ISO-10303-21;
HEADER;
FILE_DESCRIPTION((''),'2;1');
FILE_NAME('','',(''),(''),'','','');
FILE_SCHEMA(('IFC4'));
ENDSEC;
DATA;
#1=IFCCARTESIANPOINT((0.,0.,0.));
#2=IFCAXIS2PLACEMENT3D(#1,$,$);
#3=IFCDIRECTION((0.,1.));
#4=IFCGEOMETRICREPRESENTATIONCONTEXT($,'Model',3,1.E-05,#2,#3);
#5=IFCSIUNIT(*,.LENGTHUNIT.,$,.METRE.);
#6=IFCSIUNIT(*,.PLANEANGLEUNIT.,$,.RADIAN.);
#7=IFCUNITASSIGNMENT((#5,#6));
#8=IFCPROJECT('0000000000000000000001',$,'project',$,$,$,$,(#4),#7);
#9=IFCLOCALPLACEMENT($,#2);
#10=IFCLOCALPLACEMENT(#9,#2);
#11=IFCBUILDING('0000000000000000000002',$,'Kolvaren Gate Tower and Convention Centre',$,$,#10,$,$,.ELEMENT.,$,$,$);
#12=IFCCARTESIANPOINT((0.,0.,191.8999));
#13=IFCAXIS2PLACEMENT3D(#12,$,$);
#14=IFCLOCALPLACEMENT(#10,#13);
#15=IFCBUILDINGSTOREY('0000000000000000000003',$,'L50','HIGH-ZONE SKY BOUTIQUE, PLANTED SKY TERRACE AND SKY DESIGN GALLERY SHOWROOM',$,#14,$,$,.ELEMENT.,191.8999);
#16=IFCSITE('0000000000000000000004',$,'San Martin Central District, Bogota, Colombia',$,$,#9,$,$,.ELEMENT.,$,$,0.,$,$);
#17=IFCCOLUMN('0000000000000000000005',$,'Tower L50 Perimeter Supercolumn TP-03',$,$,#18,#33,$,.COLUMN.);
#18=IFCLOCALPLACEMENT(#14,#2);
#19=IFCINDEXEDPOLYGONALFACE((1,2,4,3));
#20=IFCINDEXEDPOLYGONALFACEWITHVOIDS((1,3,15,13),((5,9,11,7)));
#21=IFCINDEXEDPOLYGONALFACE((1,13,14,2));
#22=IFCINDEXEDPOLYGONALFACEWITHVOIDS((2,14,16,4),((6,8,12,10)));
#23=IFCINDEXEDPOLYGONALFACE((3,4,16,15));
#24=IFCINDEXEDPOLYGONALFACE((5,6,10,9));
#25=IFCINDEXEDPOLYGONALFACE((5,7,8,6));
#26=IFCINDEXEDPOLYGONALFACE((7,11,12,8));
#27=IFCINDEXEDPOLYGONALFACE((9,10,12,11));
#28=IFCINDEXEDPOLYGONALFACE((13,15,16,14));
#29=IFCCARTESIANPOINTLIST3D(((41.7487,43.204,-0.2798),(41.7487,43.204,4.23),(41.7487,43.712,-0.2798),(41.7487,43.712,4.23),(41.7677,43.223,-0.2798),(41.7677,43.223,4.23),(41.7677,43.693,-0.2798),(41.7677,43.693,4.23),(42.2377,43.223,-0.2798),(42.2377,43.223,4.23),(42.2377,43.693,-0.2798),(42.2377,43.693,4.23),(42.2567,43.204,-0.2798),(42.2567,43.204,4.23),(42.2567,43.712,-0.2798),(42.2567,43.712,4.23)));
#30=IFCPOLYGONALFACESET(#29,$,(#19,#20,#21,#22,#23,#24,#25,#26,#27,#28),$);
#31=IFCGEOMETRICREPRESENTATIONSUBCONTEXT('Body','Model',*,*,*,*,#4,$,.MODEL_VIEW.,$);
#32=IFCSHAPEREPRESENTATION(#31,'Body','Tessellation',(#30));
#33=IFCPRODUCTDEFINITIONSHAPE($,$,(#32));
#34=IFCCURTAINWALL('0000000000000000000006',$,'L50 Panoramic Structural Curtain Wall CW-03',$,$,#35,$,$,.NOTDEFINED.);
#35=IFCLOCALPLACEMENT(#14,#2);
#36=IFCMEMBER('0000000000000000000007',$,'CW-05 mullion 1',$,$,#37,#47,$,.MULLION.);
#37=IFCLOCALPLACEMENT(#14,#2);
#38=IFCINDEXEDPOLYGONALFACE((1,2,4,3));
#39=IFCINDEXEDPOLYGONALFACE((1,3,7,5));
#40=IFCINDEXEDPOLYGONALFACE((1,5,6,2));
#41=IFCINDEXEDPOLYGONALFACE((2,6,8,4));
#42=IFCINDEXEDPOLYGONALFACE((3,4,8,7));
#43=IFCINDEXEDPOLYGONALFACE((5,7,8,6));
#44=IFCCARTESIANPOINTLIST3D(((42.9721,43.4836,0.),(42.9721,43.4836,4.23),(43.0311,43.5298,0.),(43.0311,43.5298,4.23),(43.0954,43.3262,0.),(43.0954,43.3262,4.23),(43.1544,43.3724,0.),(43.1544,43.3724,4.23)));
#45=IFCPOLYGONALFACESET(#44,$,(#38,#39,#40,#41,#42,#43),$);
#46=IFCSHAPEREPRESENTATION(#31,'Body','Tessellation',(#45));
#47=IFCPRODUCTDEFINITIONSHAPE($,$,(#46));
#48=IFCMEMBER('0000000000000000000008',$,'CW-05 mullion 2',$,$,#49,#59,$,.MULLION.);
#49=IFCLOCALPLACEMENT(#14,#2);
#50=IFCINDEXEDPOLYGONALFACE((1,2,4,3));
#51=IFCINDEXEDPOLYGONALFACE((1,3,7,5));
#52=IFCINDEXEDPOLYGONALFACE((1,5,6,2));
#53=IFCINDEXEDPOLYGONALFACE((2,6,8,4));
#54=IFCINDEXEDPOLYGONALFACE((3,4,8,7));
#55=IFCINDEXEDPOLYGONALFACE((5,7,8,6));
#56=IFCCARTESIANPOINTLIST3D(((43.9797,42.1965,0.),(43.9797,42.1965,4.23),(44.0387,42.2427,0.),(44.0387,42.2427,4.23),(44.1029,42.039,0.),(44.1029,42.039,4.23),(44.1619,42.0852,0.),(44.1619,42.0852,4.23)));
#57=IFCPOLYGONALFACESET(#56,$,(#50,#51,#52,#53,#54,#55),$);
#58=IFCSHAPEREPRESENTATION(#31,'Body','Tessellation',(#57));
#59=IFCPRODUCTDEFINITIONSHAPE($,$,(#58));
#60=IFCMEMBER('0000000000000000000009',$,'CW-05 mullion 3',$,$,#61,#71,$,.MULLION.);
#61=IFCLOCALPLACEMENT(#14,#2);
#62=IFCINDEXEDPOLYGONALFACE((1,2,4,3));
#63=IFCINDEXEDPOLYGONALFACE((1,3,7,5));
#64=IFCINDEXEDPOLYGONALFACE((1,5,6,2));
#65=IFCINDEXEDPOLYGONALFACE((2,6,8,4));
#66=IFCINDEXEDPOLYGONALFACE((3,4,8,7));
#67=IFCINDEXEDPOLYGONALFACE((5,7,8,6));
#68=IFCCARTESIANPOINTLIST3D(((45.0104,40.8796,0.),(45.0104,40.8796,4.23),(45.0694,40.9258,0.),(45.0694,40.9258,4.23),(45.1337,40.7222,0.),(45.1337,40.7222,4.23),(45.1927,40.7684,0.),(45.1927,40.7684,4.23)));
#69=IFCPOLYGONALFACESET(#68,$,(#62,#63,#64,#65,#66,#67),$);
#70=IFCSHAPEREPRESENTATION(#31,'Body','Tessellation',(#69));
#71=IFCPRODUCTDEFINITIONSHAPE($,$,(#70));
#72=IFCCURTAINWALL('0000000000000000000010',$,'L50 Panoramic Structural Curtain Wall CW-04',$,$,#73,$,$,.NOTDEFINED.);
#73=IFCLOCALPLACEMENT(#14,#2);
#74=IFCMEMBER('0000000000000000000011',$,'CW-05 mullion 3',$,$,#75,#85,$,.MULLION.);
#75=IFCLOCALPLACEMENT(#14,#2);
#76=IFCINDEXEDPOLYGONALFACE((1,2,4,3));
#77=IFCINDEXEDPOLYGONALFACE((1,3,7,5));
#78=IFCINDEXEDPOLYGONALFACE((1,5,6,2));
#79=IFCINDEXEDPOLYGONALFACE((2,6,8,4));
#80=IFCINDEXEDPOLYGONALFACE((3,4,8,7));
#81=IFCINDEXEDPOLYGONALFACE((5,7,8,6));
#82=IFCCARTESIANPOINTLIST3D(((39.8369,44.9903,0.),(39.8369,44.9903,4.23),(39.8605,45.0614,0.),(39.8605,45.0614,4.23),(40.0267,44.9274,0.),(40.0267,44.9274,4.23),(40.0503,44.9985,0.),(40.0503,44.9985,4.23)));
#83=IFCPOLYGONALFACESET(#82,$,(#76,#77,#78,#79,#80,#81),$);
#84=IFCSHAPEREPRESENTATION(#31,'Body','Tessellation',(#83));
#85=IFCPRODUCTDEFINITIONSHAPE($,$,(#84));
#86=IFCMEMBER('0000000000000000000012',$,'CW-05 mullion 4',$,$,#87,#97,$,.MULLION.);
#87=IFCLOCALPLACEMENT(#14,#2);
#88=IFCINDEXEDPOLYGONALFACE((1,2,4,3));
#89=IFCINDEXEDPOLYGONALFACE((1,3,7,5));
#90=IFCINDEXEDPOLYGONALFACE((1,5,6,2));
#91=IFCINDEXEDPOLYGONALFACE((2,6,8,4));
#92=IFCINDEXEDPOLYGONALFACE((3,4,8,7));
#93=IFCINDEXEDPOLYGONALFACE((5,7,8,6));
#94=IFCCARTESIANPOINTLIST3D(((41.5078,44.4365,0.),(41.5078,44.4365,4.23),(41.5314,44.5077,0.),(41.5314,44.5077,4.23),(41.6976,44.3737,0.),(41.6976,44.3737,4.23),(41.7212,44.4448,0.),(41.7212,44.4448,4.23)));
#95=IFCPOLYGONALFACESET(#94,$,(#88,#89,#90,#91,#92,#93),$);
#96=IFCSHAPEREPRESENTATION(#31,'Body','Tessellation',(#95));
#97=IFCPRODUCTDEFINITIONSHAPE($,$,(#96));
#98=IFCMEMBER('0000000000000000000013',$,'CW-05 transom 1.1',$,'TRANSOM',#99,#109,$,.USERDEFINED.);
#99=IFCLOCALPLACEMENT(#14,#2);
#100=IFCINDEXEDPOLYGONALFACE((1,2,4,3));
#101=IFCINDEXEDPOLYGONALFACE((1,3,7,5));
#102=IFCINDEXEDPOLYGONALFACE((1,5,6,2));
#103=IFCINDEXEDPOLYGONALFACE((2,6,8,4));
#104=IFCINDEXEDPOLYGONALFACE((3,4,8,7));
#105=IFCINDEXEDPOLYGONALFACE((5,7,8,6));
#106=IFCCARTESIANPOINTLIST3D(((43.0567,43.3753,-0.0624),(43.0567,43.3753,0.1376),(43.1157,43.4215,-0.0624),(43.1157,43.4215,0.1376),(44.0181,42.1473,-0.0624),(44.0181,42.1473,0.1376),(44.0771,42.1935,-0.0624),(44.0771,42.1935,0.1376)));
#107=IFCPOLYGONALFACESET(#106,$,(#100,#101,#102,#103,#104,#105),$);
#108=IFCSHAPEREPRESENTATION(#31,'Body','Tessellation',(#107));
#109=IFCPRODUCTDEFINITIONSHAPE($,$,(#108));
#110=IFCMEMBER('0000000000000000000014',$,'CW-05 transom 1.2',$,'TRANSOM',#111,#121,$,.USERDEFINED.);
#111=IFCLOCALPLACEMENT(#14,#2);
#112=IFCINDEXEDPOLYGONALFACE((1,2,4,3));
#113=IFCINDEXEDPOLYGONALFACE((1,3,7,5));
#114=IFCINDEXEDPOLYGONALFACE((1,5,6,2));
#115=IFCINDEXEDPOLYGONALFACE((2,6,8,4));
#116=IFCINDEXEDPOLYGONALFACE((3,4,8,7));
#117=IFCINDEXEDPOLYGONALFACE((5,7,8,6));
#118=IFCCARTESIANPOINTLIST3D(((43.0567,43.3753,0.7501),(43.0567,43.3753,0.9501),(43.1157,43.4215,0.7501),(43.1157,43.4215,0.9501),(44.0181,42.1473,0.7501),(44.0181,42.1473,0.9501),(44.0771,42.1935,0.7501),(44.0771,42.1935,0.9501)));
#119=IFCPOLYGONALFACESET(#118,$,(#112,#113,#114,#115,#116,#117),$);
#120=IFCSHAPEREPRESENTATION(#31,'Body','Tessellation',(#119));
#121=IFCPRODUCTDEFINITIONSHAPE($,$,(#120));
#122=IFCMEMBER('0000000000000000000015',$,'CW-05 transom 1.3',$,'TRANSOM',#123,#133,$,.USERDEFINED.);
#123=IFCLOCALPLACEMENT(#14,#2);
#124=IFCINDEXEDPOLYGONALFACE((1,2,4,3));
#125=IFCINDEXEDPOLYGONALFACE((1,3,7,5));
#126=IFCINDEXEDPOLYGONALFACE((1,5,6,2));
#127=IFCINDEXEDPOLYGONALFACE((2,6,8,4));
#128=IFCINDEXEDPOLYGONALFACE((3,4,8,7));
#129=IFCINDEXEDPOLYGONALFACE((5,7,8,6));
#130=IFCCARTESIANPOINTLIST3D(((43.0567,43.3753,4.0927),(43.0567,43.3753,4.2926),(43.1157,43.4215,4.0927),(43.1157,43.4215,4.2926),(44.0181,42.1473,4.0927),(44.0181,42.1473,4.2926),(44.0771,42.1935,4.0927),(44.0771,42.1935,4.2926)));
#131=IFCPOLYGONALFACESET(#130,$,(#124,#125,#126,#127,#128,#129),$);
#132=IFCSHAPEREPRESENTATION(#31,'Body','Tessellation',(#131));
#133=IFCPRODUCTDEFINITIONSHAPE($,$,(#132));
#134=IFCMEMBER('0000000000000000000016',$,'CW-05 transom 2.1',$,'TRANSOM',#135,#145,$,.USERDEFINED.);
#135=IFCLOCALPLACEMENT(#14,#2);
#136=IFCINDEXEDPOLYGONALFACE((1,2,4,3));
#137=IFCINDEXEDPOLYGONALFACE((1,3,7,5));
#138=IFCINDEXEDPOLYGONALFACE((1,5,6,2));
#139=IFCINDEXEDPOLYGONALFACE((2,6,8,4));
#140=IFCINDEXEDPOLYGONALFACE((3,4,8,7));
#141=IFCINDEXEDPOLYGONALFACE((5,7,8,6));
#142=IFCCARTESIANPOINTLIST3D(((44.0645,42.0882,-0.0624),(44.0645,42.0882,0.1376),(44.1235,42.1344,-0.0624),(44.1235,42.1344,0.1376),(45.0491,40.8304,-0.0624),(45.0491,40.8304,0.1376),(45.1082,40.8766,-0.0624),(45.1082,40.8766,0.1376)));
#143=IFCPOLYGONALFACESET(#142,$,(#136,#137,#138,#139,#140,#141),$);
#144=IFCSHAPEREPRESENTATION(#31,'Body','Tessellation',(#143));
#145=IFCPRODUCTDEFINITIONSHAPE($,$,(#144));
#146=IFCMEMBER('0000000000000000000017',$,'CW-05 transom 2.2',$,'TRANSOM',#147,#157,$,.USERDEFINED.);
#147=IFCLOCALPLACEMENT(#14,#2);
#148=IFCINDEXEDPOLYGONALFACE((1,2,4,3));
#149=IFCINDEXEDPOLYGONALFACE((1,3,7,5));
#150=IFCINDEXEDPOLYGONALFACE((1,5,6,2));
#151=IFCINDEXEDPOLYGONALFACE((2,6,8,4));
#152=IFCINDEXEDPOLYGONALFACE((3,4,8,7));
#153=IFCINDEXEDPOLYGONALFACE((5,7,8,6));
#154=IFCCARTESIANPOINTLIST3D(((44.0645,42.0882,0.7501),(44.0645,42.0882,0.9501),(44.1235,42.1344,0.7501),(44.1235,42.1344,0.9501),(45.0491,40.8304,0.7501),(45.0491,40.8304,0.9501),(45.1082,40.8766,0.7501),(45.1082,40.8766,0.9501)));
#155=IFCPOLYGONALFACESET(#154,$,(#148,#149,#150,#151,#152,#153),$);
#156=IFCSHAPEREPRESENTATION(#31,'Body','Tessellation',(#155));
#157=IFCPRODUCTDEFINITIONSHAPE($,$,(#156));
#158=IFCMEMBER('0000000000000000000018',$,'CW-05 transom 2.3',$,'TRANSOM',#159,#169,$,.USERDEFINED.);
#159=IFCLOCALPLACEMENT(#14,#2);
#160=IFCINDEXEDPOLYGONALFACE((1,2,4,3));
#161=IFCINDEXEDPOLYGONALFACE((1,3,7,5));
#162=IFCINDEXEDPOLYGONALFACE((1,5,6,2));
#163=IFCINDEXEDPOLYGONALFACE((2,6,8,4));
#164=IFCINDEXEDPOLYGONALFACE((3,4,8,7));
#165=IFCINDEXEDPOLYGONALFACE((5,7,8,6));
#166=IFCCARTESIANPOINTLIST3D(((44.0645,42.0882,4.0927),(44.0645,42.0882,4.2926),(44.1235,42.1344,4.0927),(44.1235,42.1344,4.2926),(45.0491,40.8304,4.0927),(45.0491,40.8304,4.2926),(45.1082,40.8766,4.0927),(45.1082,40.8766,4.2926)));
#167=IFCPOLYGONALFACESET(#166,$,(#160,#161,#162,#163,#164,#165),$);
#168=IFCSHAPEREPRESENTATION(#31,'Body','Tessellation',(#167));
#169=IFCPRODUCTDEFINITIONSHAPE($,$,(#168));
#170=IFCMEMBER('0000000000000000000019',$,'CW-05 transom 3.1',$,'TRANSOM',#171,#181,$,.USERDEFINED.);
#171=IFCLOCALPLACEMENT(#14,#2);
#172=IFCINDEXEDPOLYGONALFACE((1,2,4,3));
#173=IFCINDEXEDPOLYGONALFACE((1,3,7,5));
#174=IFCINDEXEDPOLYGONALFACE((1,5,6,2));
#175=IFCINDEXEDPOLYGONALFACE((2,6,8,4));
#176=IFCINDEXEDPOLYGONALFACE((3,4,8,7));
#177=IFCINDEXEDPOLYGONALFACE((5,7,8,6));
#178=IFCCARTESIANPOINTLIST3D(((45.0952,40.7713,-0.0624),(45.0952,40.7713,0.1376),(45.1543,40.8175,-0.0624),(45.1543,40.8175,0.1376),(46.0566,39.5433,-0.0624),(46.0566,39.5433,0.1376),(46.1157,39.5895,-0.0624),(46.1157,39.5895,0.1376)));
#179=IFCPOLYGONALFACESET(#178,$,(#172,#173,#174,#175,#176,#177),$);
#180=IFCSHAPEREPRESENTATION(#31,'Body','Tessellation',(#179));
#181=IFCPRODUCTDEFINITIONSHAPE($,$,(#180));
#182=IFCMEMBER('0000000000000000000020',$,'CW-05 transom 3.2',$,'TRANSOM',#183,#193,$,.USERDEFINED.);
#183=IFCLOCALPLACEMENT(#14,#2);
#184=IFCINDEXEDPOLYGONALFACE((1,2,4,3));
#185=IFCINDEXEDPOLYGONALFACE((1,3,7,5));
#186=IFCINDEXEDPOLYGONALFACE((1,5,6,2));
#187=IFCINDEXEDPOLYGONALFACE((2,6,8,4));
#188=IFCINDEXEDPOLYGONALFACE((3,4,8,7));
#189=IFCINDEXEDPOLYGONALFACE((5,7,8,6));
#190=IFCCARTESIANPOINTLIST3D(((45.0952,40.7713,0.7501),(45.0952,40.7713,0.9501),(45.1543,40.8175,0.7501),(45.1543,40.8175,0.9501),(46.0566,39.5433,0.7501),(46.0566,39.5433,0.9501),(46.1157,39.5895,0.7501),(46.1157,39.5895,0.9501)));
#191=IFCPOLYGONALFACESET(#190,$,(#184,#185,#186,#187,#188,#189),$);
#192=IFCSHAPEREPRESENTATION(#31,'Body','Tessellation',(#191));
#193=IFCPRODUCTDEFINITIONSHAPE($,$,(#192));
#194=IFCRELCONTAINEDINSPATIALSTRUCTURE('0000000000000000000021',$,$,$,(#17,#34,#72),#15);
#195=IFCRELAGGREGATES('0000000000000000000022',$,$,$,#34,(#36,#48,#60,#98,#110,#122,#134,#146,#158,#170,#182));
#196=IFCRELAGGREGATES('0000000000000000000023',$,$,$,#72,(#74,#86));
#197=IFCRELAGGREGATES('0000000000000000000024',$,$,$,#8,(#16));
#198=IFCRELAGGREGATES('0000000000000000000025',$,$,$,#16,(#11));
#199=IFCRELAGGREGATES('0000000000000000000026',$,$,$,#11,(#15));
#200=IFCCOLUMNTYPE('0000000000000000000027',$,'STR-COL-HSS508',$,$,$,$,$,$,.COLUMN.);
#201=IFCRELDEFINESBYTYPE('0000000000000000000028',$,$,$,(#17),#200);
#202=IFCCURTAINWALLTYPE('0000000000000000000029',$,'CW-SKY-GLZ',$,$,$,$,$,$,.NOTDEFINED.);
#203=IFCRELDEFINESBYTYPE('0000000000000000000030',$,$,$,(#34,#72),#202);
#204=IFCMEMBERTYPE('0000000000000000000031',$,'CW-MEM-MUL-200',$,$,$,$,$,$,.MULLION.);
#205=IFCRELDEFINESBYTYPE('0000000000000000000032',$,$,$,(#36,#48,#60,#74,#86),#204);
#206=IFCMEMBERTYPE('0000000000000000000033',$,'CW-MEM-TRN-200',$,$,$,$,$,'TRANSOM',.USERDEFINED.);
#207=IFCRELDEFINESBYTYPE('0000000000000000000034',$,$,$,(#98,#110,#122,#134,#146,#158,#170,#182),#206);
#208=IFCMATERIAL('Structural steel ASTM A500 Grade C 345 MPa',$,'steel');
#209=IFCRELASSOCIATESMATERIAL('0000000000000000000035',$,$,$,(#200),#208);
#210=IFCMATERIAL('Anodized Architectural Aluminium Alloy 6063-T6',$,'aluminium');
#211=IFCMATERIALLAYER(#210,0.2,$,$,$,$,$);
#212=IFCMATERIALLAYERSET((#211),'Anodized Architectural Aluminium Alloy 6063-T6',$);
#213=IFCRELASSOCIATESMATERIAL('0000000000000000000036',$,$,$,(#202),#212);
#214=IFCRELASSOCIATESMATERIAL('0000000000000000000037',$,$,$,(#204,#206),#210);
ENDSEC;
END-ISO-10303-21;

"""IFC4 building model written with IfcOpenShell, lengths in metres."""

from ifc_helpers import new_model, si_unit, direction, frame, origin, origin_2d, place, context, subcontext, project, spatial, rectangle, hollow_rectangle, extrude, material, layer, layer_set, material_profile, profile_set, type_object, element, aggregate, save


model = new_model("IFC4")

# Units and contexts
model_context = context("Model", 3, precision=1e-05, world=origin(), true_north=direction((0.0, 1.0)))
body_context = subcontext(model_context, "Body", "Model", "MODEL_VIEW")
ifc_project = project(units=[si_unit("LENGTHUNIT", "METRE"), si_unit("PLANEANGLEUNIT", "RADIAN")], contexts=[model_context])

# Site, building, storey
site_placement = place(None, origin())
site = spatial("IfcSite", under=ifc_project, at=site_placement, Name="San Martin Central District, Bogota, Colombia", CompositionType="ELEMENT", RefElevation=0.0)
building_placement = place(site_placement, origin())
building = spatial("IfcBuilding", under=site, at=building_placement, Name="Kolvaren Gate Tower and Convention Centre", CompositionType="ELEMENT")
storey_placement = place(building_placement, frame((0.0, 0.0, 191.8999)))
storey = spatial("IfcBuildingStorey", under=building, at=storey_placement, Name="L50", Description="HIGH-ZONE SKY BOUTIQUE, PLANTED SKY TERRACE AND SKY DESIGN GALLERY SHOWROOM", CompositionType="ELEMENT", Elevation=191.8999)

# Column
ifc_material_1 = material(Name="Structural steel ASTM A500 Grade C 345 MPa", Category="steel")
ifc_material_profile_1 = material_profile(ifc_material_1, hollow_rectangle(XDim=0.5081, YDim=0.5081, WallThickness=0.019, at=origin_2d()), Name="HSS508X508X19.1")
ifc_profile_set_1 = profile_set([ifc_material_profile_1], Name="Structural steel ASTM A500 Grade C 345 MPa")
column_type = type_object("IfcColumnType", Name="STR-COL-HSS508", PredefinedType="COLUMN", material=ifc_profile_set_1)
column_placement = place(storey_placement, frame((42.0027, 43.458, -0.2798), z_axis=(0.0, 0.0, 1.0), x_axis=(1.0, 0.0, 0.0)))
element("IfcColumn", 1, at=column_placement, inside=storey, type_object=column_type, Name="Tower L50 Perimeter Supercolumn TP-03", PredefinedType="COLUMN", context=body_context, shape_type="SweptSolid", body=[
    extrude(hollow_rectangle(XDim=0.5081, YDim=0.5081, WallThickness=0.019, at=origin_2d()), origin(), (0.0, 0.0, 1.0), 4.5098),
])

# Curtain walls, members
ifc_material_2 = material(Name="Anodized Architectural Aluminium Alloy 6063-T6", Category="aluminium")
ifc_layer_1 = layer(ifc_material_2, 0.2)
ifc_layer_set_1 = layer_set([ifc_layer_1], Name="Anodized Architectural Aluminium Alloy 6063-T6")
curtain_wall_type = type_object("IfcCurtainWallType", Name="CW-SKY-GLZ", PredefinedType="NOTDEFINED", material=ifc_layer_set_1)
curtain_wall_1_placement = place(storey_placement, origin())
curtain_wall_1 = element("IfcCurtainWall", 2, at=curtain_wall_1_placement, inside=storey, type_object=curtain_wall_type, Name="L50 Panoramic Structural Curtain Wall CW-03", PredefinedType="NOTDEFINED")
ifc_material_profile_2 = material_profile(ifc_material_2, rectangle(XDim=0.075, YDim=0.2, at=origin_2d()), Name="CW-MEM-MUL-200")
ifc_profile_set_2 = profile_set([ifc_material_profile_2], Name="Anodized Architectural Aluminium Alloy 6063-T6")
member_type_1 = type_object("IfcMemberType", Name="CW-MEM-MUL-200", PredefinedType="MULLION", material=ifc_profile_set_2)
member_1_placement = place(storey_placement, frame((43.0632, 43.428, 0.0), z_axis=(0.0, 0.0, 1.0), x_axis=(0.787404, 0.616437, 0.0)))
member_1 = element("IfcMember", 3, at=member_1_placement, type_object=member_type_1, Name="CW-05 mullion 1", PredefinedType="MULLION", context=body_context, shape_type="SweptSolid", body=[
    extrude(rectangle(XDim=0.075, YDim=0.2, at=origin_2d()), origin(), (0.0, 0.0, 1.0), 4.23),
])
member_2_placement = place(storey_placement, frame((44.0708, 42.1409, 0.0), z_axis=(0.0, 0.0, 1.0), x_axis=(0.787404, 0.616437, 0.0)))
member_2 = element("IfcMember", 4, at=member_2_placement, type_object=member_type_1, Name="CW-05 mullion 2", PredefinedType="MULLION", context=body_context, shape_type="SweptSolid", body=[
    extrude(rectangle(XDim=0.075, YDim=0.2, at=origin_2d()), origin(), (0.0, 0.0, 1.0), 4.23),
])
member_3_placement = place(storey_placement, frame((45.1016, 40.824, 0.0), z_axis=(0.0, 0.0, 1.0), x_axis=(0.787404, 0.616437, 0.0)))
member_3 = element("IfcMember", 5, at=member_3_placement, type_object=member_type_1, Name="CW-05 mullion 3", PredefinedType="MULLION", context=body_context, shape_type="SweptSolid", body=[
    extrude(rectangle(XDim=0.075, YDim=0.2, at=origin_2d()), origin(), (0.0, 0.0, 1.0), 4.23),
])
curtain_wall_2_placement = place(storey_placement, origin())
curtain_wall_2 = element("IfcCurtainWall", 6, at=curtain_wall_2_placement, inside=storey, type_object=curtain_wall_type, Name="L50 Panoramic Structural Curtain Wall CW-04", PredefinedType="NOTDEFINED")
member_4_placement = place(storey_placement, frame((39.9436, 44.9944, 0.0), z_axis=(0.0, 0.0, 1.0), x_axis=(0.314553, 0.94924, 0.0)))
member_4 = element("IfcMember", 7, at=member_4_placement, type_object=member_type_1, Name="CW-05 mullion 3", PredefinedType="MULLION", context=body_context, shape_type="SweptSolid", body=[
    extrude(rectangle(XDim=0.075, YDim=0.2, at=origin_2d()), origin(), (0.0, 0.0, 1.0), 4.23),
])
member_5_placement = place(storey_placement, frame((41.6145, 44.4407, 0.0), z_axis=(0.0, 0.0, 1.0), x_axis=(0.314553, 0.94924, 0.0)))
member_5 = element("IfcMember", 8, at=member_5_placement, type_object=member_type_1, Name="CW-05 mullion 4", PredefinedType="MULLION", context=body_context, shape_type="SweptSolid", body=[
    extrude(rectangle(XDim=0.075, YDim=0.2, at=origin_2d()), origin(), (0.0, 0.0, 1.0), 4.23),
])

# Members
ifc_material_profile_3 = material_profile(ifc_material_2, rectangle(XDim=0.075, YDim=0.2, at=origin_2d()), Name="CW-MEM-TRN-200")
ifc_profile_set_3 = profile_set([ifc_material_profile_3], Name="Anodized Architectural Aluminium Alloy 6063-T6")
member_type_2 = type_object("IfcMemberType", Name="CW-MEM-TRN-200", ElementType="TRANSOM", PredefinedType="USERDEFINED", material=ifc_profile_set_3)
member_6_placement = place(storey_placement, frame((43.0862, 43.3984, 0.0376), z_axis=(0.616452, -0.787393, 0.0), x_axis=(0.787393, 0.616452, 0.0)))
member_6 = element("IfcMember", 9, at=member_6_placement, type_object=member_type_2, Name="CW-05 transom 1.1", ObjectType="TRANSOM", PredefinedType="USERDEFINED", context=body_context, shape_type="SweptSolid", body=[
    extrude(rectangle(XDim=0.075, YDim=0.2, at=origin_2d()), origin(), (0.0, 0.0, 1.0), 1.5596),
])
member_7_placement = place(storey_placement, frame((43.0862, 43.3984, 0.8501), z_axis=(0.616452, -0.787393, 0.0), x_axis=(0.787393, 0.616452, 0.0)))
member_7 = element("IfcMember", 10, at=member_7_placement, type_object=member_type_2, Name="CW-05 transom 1.2", ObjectType="TRANSOM", PredefinedType="USERDEFINED", context=body_context, shape_type="SweptSolid", body=[
    extrude(rectangle(XDim=0.075, YDim=0.2, at=origin_2d()), origin(), (0.0, 0.0, 1.0), 1.5596),
])
member_8_placement = place(storey_placement, frame((43.0862, 43.3984, 4.1926), z_axis=(0.616452, -0.787393, 0.0), x_axis=(0.787393, 0.616452, 0.0)))
member_8 = element("IfcMember", 11, at=member_8_placement, type_object=member_type_2, Name="CW-05 transom 1.3", ObjectType="TRANSOM", PredefinedType="USERDEFINED", context=body_context, shape_type="SweptSolid", body=[
    extrude(rectangle(XDim=0.075, YDim=0.2, at=origin_2d()), origin(), (0.0, 0.0, 1.0), 1.5596),
])
member_9_placement = place(storey_placement, frame((44.094, 42.1113, 0.0376), z_axis=(0.616403, -0.787431, 0.0), x_axis=(0.787431, 0.616403, 0.0)))
member_9 = element("IfcMember", 12, at=member_9_placement, type_object=member_type_2, Name="CW-05 transom 2.1", ObjectType="TRANSOM", PredefinedType="USERDEFINED", context=body_context, shape_type="SweptSolid", body=[
    extrude(rectangle(XDim=0.075, YDim=0.2, at=origin_2d()), origin(), (0.0, 0.0, 1.0), 1.5974),
])
member_10_placement = place(storey_placement, frame((44.094, 42.1113, 0.8501), z_axis=(0.616403, -0.787431, 0.0), x_axis=(0.787431, 0.616403, 0.0)))
member_10 = element("IfcMember", 13, at=member_10_placement, type_object=member_type_2, Name="CW-05 transom 2.2", ObjectType="TRANSOM", PredefinedType="USERDEFINED", context=body_context, shape_type="SweptSolid", body=[
    extrude(rectangle(XDim=0.075, YDim=0.2, at=origin_2d()), origin(), (0.0, 0.0, 1.0), 1.5974),
])
member_11_placement = place(storey_placement, frame((44.094, 42.1113, 4.1926), z_axis=(0.616403, -0.787431, 0.0), x_axis=(0.787431, 0.616403, 0.0)))
member_11 = element("IfcMember", 14, at=member_11_placement, type_object=member_type_2, Name="CW-05 transom 2.3", ObjectType="TRANSOM", PredefinedType="USERDEFINED", context=body_context, shape_type="SweptSolid", body=[
    extrude(rectangle(XDim=0.075, YDim=0.2, at=origin_2d()), origin(), (0.0, 0.0, 1.0), 1.5974),
])
member_12_placement = place(storey_placement, frame((45.1248, 40.7944, 0.0376), z_axis=(0.616452, -0.787393, 0.0), x_axis=(0.787393, 0.616452, 0.0)))
member_12 = element("IfcMember", 15, at=member_12_placement, type_object=member_type_2, Name="CW-05 transom 3.1", ObjectType="TRANSOM", PredefinedType="USERDEFINED", context=body_context, shape_type="SweptSolid", body=[
    extrude(rectangle(XDim=0.075, YDim=0.2, at=origin_2d()), origin(), (0.0, 0.0, 1.0), 1.5596),
])
member_13_placement = place(storey_placement, frame((45.1248, 40.7944, 0.8501), z_axis=(0.616452, -0.787393, 0.0), x_axis=(0.787393, 0.616452, 0.0)))
member_13 = element("IfcMember", 16, at=member_13_placement, type_object=member_type_2, Name="CW-05 transom 3.2", ObjectType="TRANSOM", PredefinedType="USERDEFINED", context=body_context, shape_type="SweptSolid", body=[
    extrude(rectangle(XDim=0.075, YDim=0.2, at=origin_2d()), origin(), (0.0, 0.0, 1.0), 1.5596),
])

aggregate(curtain_wall_1, [member_1, member_2, member_3, member_6, member_7, member_8, member_9, member_10, member_11, member_12, member_13])
aggregate(curtain_wall_2, [member_4, member_5])

save(model, "model.ifc")
